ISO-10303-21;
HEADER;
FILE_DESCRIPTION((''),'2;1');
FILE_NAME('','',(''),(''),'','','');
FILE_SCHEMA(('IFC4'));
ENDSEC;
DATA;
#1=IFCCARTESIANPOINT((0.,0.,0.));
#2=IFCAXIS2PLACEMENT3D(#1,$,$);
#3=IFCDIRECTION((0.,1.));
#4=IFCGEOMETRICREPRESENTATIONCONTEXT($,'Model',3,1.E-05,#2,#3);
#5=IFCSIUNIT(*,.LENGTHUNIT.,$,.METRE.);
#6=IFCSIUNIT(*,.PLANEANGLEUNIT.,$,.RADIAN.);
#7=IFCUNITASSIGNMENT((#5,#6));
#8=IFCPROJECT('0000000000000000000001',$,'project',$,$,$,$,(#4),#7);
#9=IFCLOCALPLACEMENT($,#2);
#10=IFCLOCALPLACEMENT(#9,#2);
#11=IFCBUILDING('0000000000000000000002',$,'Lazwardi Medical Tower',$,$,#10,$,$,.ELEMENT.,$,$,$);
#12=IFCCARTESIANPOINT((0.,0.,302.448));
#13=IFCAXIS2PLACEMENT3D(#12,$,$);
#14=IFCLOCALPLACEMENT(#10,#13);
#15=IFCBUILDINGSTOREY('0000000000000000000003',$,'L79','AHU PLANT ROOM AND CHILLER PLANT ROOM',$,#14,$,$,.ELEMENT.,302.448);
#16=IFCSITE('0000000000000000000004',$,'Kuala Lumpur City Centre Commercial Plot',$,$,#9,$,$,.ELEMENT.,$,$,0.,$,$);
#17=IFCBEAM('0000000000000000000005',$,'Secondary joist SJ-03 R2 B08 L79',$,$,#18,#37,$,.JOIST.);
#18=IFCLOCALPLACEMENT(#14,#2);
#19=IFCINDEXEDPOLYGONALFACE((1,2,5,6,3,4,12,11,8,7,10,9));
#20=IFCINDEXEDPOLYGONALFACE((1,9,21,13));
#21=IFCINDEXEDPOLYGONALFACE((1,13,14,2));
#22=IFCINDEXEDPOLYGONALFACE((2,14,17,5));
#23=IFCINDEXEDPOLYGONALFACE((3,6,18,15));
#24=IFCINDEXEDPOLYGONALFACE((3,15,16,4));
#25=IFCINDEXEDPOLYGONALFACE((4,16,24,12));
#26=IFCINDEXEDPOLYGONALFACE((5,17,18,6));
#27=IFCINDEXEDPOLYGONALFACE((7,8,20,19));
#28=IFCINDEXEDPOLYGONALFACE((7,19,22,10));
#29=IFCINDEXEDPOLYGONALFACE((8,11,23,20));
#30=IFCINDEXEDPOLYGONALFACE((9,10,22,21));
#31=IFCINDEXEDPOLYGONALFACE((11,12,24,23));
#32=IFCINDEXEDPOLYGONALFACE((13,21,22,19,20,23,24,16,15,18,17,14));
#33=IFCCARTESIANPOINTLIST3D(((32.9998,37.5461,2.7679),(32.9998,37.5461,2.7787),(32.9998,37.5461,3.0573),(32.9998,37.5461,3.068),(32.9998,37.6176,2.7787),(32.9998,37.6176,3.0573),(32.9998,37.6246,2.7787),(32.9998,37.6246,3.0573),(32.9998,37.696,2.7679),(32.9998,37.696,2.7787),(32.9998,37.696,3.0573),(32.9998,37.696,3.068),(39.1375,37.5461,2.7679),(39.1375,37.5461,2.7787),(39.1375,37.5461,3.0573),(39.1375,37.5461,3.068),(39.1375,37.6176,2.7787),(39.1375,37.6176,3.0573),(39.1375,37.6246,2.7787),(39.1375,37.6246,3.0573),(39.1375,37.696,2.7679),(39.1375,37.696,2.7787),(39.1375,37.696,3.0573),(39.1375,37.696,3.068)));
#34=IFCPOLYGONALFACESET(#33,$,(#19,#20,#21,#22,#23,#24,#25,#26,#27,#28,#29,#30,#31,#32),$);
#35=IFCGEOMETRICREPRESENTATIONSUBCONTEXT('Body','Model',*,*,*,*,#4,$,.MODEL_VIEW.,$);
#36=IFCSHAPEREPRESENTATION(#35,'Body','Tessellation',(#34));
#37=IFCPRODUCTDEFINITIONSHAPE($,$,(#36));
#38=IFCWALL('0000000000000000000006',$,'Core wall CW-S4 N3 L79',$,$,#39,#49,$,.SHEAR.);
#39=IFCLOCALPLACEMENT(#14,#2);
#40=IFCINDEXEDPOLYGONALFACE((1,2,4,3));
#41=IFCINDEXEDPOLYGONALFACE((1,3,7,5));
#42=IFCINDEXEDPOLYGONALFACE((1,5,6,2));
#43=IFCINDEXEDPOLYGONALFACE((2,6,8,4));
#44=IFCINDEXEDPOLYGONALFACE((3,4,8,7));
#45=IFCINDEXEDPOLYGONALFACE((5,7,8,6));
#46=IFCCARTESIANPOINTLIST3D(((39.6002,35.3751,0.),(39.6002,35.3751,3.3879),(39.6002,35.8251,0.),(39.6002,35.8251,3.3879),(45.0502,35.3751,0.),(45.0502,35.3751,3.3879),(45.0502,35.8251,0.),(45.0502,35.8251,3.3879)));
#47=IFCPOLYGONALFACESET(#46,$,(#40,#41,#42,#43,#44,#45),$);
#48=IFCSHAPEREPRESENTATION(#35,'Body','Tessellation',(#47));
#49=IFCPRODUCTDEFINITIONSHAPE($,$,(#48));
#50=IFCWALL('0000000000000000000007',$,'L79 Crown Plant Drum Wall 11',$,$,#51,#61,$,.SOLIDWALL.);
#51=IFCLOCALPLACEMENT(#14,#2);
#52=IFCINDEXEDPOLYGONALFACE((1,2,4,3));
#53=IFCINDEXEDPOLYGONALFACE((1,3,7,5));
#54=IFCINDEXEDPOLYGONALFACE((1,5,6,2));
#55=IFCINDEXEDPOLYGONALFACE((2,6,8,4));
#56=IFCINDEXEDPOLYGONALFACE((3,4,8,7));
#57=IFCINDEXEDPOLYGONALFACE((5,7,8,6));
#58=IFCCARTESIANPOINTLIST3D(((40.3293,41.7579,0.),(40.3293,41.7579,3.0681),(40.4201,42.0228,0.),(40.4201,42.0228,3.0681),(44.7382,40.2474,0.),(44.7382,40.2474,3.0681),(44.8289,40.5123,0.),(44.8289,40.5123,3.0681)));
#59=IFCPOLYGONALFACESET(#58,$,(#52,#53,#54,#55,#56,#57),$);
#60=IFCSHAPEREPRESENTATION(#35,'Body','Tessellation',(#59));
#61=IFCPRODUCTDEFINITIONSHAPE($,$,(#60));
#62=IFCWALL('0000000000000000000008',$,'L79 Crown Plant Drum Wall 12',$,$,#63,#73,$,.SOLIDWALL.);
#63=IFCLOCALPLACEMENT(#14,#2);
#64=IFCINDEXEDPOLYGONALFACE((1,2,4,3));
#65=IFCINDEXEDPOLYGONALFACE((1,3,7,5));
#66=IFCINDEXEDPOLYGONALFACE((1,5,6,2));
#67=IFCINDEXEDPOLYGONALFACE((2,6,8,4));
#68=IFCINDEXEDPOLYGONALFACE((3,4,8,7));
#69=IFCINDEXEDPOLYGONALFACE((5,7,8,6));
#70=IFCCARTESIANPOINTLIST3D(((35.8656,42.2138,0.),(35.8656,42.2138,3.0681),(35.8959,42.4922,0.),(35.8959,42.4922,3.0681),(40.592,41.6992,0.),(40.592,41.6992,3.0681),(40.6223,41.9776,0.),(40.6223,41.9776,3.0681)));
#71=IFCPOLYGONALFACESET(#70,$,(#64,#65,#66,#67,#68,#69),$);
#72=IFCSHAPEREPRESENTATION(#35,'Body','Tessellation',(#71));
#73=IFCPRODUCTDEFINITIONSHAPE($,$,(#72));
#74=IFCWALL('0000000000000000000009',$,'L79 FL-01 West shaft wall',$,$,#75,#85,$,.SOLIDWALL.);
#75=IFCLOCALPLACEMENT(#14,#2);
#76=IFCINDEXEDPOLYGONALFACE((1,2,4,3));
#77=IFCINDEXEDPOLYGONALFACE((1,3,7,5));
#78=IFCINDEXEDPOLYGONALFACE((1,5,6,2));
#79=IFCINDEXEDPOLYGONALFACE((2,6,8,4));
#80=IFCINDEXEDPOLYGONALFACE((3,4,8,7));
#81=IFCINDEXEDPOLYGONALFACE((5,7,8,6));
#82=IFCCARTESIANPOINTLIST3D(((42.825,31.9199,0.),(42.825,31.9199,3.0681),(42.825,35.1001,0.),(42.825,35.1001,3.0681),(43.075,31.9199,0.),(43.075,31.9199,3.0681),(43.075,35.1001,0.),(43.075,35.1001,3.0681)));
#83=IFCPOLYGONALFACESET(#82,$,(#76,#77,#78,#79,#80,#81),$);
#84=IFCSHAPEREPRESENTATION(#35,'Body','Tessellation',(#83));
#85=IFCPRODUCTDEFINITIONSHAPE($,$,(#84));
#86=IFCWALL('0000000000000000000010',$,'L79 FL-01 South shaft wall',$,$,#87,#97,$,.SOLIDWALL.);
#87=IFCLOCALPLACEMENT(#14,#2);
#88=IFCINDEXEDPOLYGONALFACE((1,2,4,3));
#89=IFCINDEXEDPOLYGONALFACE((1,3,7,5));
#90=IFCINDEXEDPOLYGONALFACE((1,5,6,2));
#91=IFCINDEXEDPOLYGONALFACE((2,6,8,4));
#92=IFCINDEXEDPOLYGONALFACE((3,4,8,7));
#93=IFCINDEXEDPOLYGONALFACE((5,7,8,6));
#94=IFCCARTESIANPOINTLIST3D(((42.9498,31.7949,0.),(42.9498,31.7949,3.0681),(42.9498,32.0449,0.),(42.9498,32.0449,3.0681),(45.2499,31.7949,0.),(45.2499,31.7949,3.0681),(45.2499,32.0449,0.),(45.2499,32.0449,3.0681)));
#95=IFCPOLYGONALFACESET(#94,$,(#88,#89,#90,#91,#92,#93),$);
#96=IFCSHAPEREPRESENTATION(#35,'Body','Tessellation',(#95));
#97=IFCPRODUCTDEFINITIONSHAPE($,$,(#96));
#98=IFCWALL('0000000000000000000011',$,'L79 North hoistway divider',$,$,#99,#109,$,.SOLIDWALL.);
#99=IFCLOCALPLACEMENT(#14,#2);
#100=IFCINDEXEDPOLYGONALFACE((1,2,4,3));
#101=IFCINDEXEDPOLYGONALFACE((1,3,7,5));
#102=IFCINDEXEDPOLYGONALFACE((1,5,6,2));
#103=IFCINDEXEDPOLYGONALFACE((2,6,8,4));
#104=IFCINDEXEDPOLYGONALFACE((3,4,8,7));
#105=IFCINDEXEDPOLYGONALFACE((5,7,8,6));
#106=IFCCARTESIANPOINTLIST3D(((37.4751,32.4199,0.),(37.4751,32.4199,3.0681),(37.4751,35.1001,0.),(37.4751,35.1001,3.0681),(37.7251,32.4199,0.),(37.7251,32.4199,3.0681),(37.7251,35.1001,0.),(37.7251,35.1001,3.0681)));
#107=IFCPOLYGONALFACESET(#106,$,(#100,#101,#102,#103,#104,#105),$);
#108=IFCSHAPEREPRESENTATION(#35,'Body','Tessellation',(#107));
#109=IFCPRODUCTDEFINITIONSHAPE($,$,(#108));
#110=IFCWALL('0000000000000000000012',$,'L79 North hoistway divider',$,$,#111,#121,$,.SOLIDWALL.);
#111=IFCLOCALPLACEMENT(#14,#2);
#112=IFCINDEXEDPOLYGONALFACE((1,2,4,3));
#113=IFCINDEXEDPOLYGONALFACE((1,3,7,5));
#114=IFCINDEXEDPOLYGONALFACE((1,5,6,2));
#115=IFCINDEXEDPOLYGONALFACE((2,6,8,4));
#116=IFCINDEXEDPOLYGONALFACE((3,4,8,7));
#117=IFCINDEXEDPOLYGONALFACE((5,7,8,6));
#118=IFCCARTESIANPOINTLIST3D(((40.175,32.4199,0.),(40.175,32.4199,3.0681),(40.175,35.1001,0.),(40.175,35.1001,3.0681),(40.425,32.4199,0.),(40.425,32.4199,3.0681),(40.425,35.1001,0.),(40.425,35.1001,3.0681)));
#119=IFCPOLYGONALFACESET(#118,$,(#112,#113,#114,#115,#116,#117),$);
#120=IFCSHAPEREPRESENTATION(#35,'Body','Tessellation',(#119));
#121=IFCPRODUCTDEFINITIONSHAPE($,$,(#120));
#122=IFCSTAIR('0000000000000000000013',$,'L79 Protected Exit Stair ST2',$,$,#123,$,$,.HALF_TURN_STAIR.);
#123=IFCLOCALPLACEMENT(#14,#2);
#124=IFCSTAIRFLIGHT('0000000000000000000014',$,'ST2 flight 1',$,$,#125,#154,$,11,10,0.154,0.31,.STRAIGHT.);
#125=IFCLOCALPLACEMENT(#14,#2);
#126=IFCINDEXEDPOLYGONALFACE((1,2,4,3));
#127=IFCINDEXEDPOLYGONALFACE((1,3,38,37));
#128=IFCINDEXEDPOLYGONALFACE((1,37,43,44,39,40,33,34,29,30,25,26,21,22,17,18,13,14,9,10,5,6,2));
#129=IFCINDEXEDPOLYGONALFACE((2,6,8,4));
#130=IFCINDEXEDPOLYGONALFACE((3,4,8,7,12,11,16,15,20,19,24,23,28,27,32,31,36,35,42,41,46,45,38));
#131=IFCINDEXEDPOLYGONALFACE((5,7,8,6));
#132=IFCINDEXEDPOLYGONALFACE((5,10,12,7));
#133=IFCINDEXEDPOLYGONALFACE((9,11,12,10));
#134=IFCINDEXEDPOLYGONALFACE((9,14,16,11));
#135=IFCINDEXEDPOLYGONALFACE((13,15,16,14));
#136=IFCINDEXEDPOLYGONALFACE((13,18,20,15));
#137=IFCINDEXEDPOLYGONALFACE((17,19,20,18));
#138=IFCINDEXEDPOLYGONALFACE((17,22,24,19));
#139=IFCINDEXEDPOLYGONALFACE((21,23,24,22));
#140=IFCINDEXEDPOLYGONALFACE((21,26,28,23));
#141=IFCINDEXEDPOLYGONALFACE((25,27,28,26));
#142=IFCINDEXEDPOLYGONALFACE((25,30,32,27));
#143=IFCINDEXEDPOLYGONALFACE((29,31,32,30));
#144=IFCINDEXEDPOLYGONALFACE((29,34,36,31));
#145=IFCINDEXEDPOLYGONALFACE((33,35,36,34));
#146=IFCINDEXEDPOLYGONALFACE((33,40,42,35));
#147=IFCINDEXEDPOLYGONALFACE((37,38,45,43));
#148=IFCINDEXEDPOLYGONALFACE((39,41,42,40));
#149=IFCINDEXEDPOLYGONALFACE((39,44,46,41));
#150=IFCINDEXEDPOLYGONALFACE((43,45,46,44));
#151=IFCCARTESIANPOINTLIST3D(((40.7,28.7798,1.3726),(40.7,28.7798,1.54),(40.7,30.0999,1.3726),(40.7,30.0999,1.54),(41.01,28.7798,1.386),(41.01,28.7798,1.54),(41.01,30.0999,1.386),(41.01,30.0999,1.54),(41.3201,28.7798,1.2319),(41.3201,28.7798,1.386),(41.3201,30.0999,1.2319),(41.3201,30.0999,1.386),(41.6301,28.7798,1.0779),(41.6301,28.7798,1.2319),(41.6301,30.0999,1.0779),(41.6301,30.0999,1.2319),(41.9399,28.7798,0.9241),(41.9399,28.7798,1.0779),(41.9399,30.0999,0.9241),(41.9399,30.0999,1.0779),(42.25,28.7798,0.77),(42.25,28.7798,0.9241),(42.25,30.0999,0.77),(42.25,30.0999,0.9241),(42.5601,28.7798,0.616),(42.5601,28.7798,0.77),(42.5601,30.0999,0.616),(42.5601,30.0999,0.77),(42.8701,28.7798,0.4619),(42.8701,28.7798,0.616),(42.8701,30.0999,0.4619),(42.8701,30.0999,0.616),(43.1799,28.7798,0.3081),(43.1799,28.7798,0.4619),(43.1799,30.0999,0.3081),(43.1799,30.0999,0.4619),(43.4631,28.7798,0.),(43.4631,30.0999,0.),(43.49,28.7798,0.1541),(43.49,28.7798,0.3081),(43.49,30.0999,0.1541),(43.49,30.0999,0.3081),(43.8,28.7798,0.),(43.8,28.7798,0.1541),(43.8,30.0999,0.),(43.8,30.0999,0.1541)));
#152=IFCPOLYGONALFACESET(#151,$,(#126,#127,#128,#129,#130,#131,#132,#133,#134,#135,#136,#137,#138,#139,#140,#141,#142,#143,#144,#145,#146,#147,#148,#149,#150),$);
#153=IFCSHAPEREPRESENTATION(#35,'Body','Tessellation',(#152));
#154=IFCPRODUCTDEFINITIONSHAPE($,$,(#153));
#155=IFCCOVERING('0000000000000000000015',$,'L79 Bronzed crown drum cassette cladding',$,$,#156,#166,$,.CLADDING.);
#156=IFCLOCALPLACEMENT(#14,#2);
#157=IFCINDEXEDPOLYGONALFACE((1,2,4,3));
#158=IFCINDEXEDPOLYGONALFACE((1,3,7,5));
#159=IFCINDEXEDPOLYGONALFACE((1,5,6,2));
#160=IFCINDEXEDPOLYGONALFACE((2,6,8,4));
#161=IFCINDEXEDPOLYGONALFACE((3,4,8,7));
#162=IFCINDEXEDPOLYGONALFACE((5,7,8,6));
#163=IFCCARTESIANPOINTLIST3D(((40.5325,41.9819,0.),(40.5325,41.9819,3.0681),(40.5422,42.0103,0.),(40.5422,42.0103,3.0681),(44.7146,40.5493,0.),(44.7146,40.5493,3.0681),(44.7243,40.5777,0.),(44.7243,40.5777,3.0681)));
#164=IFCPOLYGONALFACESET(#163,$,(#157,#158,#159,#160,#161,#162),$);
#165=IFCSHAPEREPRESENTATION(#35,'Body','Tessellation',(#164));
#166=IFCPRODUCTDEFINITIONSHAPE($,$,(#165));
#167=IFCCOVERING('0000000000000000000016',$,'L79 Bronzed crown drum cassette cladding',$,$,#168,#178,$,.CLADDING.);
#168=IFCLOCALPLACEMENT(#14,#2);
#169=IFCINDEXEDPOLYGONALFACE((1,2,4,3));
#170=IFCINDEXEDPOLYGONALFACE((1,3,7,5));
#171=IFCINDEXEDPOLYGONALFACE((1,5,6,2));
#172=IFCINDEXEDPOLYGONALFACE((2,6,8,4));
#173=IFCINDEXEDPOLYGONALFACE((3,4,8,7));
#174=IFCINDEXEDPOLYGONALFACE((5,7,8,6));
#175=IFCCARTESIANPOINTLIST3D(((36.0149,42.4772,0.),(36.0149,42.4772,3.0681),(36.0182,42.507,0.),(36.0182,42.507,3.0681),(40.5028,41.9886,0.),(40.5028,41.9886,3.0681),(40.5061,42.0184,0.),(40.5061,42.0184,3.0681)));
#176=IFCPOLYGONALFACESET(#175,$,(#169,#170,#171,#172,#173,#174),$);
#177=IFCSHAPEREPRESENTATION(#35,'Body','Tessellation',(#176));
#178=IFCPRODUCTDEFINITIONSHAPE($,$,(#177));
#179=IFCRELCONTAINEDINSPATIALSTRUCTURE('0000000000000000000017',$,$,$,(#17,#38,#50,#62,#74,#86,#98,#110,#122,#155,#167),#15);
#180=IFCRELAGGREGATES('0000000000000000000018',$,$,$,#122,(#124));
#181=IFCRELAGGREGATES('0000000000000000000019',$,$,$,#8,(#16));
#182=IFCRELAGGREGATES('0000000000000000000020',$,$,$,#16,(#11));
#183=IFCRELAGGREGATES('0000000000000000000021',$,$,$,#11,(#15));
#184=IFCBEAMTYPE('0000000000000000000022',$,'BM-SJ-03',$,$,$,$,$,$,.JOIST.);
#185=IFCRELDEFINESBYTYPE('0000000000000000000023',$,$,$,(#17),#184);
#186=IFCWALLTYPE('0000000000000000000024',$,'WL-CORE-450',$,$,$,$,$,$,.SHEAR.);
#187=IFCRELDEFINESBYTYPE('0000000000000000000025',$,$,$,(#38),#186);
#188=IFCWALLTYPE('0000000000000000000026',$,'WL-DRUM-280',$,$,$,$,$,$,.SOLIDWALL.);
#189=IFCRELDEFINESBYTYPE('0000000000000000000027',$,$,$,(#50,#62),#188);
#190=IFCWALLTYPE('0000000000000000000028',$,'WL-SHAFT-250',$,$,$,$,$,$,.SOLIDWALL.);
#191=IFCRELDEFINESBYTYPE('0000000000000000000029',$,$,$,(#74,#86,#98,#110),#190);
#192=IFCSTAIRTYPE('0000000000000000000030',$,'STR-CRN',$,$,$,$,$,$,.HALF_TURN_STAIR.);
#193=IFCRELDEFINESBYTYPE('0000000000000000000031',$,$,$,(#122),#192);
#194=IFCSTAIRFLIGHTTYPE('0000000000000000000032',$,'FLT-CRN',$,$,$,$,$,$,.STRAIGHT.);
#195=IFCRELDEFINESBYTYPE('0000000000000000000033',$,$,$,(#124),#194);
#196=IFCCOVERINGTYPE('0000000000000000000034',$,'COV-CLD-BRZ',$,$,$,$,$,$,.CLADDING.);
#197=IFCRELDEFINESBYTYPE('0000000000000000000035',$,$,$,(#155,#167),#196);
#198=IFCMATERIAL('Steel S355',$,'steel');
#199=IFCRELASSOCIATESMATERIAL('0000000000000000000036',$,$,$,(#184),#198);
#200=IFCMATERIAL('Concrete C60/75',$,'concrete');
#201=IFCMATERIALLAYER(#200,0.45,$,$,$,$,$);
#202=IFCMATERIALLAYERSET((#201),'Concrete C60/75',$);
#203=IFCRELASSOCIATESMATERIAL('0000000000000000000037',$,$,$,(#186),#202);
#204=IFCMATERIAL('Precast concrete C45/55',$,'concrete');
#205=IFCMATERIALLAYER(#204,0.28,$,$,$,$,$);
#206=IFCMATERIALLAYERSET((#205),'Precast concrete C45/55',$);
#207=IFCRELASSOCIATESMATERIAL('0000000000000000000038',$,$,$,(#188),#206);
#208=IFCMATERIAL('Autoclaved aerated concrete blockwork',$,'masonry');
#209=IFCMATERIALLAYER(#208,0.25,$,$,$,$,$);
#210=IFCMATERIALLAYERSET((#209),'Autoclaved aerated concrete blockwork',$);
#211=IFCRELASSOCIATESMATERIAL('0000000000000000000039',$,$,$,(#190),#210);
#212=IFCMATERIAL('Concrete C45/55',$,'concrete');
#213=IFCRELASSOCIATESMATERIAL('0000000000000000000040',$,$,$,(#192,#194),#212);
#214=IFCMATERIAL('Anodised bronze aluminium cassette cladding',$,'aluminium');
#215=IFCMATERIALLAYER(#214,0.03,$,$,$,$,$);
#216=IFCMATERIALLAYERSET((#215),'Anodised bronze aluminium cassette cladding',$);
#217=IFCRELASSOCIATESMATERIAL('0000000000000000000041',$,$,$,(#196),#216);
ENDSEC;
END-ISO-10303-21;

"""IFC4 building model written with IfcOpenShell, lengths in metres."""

from ifc_helpers import new_model, si_unit, direction, frame, frame_2d, origin, origin_2d, place, context, subcontext, project, spatial, polyline, rectangle, i_section, outline, extrude, material, layer, layer_set, material_profile, profile_set, type_object, element, aggregate, save


model = new_model("IFC4")

# Units and contexts
model_context = context("Model", 3, precision=1e-05, world=origin(), true_north=direction((0.0, 1.0)))
body_context = subcontext(model_context, "Body", "Model", "MODEL_VIEW")
ifc_project = project(units=[si_unit("LENGTHUNIT", "METRE"), si_unit("PLANEANGLEUNIT", "RADIAN")], contexts=[model_context])

# Site, building, storey
site_placement = place(None, origin())
site = spatial("IfcSite", under=ifc_project, at=site_placement, Name="Kuala Lumpur City Centre Commercial Plot", CompositionType="ELEMENT", RefElevation=0.0)
building_placement = place(site_placement, origin())
building = spatial("IfcBuilding", under=site, at=building_placement, Name="Lazwardi Medical Tower", CompositionType="ELEMENT")
storey_placement = place(building_placement, frame((0.0, 0.0, 302.448)))
storey = spatial("IfcBuildingStorey", under=building, at=storey_placement, Name="L79", Description="AHU PLANT ROOM AND CHILLER PLANT ROOM", CompositionType="ELEMENT", Elevation=302.448)

# Shared definitions
ifc_material_1 = material(Name="Concrete C60/75", Category="concrete")

# Beam
ifc_material_2 = material(Name="Steel S355", Category="steel")
ifc_material_profile_1 = material_profile(ifc_material_2, i_section(OverallWidth=0.1499, OverallDepth=0.3, WebThickness=0.0071, FlangeThickness=0.0107, at=origin_2d()), Name="IPE 300")
ifc_profile_set_1 = profile_set([ifc_material_profile_1], Name="Steel S355")
beam_type_1 = type_object("IfcBeamType", Name="BM-SJ-03", PredefinedType="JOIST", material=ifc_profile_set_1)
beam_1_placement = place(storey_placement, frame((39.1375, 37.6211, 2.918), z_axis=(-1.0, 0.0, 0.0), x_axis=(0.0, -1.0, 0.0)))
element("IfcBeam", 1, at=beam_1_placement, inside=storey, type_object=beam_type_1, Name="Secondary joist SJ-03 R2 B08 L79", PredefinedType="JOIST", context=body_context, shape_type="SweptSolid", body=[
    extrude(i_section(OverallWidth=0.1499, OverallDepth=0.3, WebThickness=0.0071, FlangeThickness=0.0107, at=origin_2d()), origin(), (0.0, 0.0, 1.0), 6.1377),
])

# Walls
ifc_layer_1 = layer(ifc_material_1, 0.45)
ifc_layer_set_1 = layer_set([ifc_layer_1], Name="Concrete C60/75")
wall_type_1 = type_object("IfcWallType", Name="WL-CORE-450", PredefinedType="SHEAR", material=ifc_layer_set_1)
wall_1_placement = place(storey_placement, frame((39.6001, 35.6001, 0.0), z_axis=(0.0, 0.0, 1.0), x_axis=(1.0, 0.0, 0.0)))
element("IfcWall", 2, at=wall_1_placement, inside=storey, type_object=wall_type_1, Name="Core wall CW-S4 N3 L79", PredefinedType="SHEAR", context=body_context, shape_type="SweptSolid", body=[
    extrude(rectangle(XDim=5.45, YDim=0.45, at=frame_2d((2.7251, 0.0))), origin(), (0.0, 0.0, 1.0), 3.3879),
])
ifc_material_3 = material(Name="Precast concrete C45/55", Category="concrete")
ifc_layer_2 = layer(ifc_material_3, 0.28)
ifc_layer_set_2 = layer_set([ifc_layer_2], Name="Precast concrete C45/55")
wall_type_2 = type_object("IfcWallType", Name="WL-DRUM-280", PredefinedType="SOLIDWALL", material=ifc_layer_set_2)
wall_2_placement = place(storey_placement, frame((44.7834, 40.3799, 0.0), z_axis=(0.0, 0.0, 1.0), x_axis=(-0.946021, 0.324106, 0.0)))
element("IfcWall", 3, at=wall_2_placement, inside=storey, type_object=wall_type_2, Name="L79 Crown Plant Drum Wall 11", PredefinedType="SOLIDWALL", context=body_context, shape_type="SweptSolid", body=[
    extrude(rectangle(XDim=4.6604, YDim=0.28, at=frame_2d((2.3301, 0.0))), origin(), (0.0, 0.0, 1.0), 3.0681),
])
wall_3_placement = place(storey_placement, frame((40.6072, 41.8384, 0.0), z_axis=(0.0, 0.0, 1.0), x_axis=(-0.994124, 0.108245, 0.0)))
element("IfcWall", 4, at=wall_3_placement, inside=storey, type_object=wall_type_2, Name="L79 Crown Plant Drum Wall 12", PredefinedType="SOLIDWALL", context=body_context, shape_type="SweptSolid", body=[
    extrude(rectangle(XDim=4.7544, YDim=0.28, at=frame_2d((2.3772, 0.0))), origin(), (0.0, 0.0, 1.0), 3.0681),
])
ifc_material_4 = material(Name="Autoclaved aerated concrete blockwork", Category="masonry")
ifc_layer_3 = layer(ifc_material_4, 0.25)
ifc_layer_set_3 = layer_set([ifc_layer_3], Name="Autoclaved aerated concrete blockwork")
wall_type_3 = type_object("IfcWallType", Name="WL-SHAFT-250", PredefinedType="SOLIDWALL", material=ifc_layer_set_3)
wall_4_placement = place(storey_placement, frame((42.95, 31.9199, 0.0), z_axis=(0.0, 0.0, 1.0), x_axis=(0.0, 1.0, 0.0)))
element("IfcWall", 5, at=wall_4_placement, inside=storey, type_object=wall_type_3, Name="L79 FL-01 West shaft wall", PredefinedType="SOLIDWALL", context=body_context, shape_type="SweptSolid", body=[
    extrude(rectangle(XDim=3.1802, YDim=0.25, at=frame_2d((1.5901, 0.0))), origin(), (0.0, 0.0, 1.0), 3.0681),
])
wall_5_placement = place(storey_placement, frame((42.95, 31.9199, 0.0), z_axis=(0.0, 0.0, 1.0), x_axis=(1.0, 0.0, 0.0)))
element("IfcWall", 6, at=wall_5_placement, inside=storey, type_object=wall_type_3, Name="L79 FL-01 South shaft wall", PredefinedType="SOLIDWALL", context=body_context, shape_type="SweptSolid", body=[
    extrude(rectangle(XDim=2.3, YDim=0.25, at=frame_2d((1.1499, 0.0))), origin(), (0.0, 0.0, 1.0), 3.0681),
])
for number, where, z_axis, x_axis, name in (
    (7, (37.6001, 32.4199, 0.0), (0.0, 0.0, 1.0), (0.0, 1.0, 0.0), "L79 North hoistway divider"),
    (8, (40.3, 32.4199, 0.0), (0.0, 0.0, 1.0), (0.0, 1.0, 0.0), "L79 North hoistway divider"),
):
    element("IfcWall", number, at=place(storey_placement, frame(where, z_axis=z_axis, x_axis=x_axis)), inside=storey, type_object=wall_type_3, Name=name, PredefinedType="SOLIDWALL", context=body_context, shape_type="SweptSolid", body=[
        extrude(rectangle(XDim=2.6802, YDim=0.25, at=frame_2d((1.3401, 0.0))), origin(), (0.0, 0.0, 1.0), 3.0681),
    ])

# Stair, stair flight
ifc_material_5 = material(Name="Concrete C45/55", Category="concrete")
stair_type = type_object("IfcStairType", Name="STR-CRN", PredefinedType="HALF_TURN_STAIR", material=ifc_material_5)
stair_placement = place(storey_placement, origin())
stair = element("IfcStair", 9, at=stair_placement, inside=storey, type_object=stair_type, Name="L79 Protected Exit Stair ST2", PredefinedType="HALF_TURN_STAIR")
stair_flight_type = type_object("IfcStairFlightType", Name="FLT-CRN", PredefinedType="STRAIGHT", material=ifc_material_5)
stair_flight_placement = place(storey_placement, frame((43.8, 29.4399, 0.0), z_axis=(0.0, 0.0, 1.0), x_axis=(-1.0, 0.0, 0.0)))
stair_flight = element("IfcStairFlight", 10, at=stair_flight_placement, type_object=stair_flight_type, Name="ST2 flight 1", NumberOfRisers=11, NumberOfTreads=10, PredefinedType="STRAIGHT", RiserHeight=0.154, TreadLength=0.31, context=body_context, shape_type="SweptSolid", body=[
    extrude(outline(polyline([(0.0, 0.0), (0.0, 0.1541), (0.3101, 0.1541), (0.3101, 0.3081), (0.6201, 0.3081), (0.6201, 0.4619), (0.9299, 0.4619), (0.9299, 0.616), (1.24, 0.616), (1.24, 0.77), (1.55, 0.77), (1.55, 0.9241), (1.8601, 0.9241), (1.8601, 1.0779), (2.1699, 1.0779), (2.1699, 1.2319), (2.48, 1.2319), (2.48, 1.386), (2.79, 1.386), (2.79, 1.54), (3.1001, 1.54), (3.1001, 1.6941), (3.1001, 1.3726), (0.3369, 0.0), (0.0, 0.0)])), frame((0.0, 0.6602, 0.0), z_axis=(0.0, -1.0, 0.0), x_axis=(1.0, 0.0, 0.0)), (0.0, 0.0, 1.0), 1.3201),
])
aggregate(stair, [stair_flight])

# Coverings
ifc_material_6 = material(Name="Anodised bronze aluminium cassette cladding", Category="aluminium")
ifc_layer_4 = layer(ifc_material_6, 0.03)
ifc_layer_set_4 = layer_set([ifc_layer_4], Name="Anodised bronze aluminium cassette cladding")
covering_type = type_object("IfcCoveringType", Name="COV-CLD-BRZ", PredefinedType="CLADDING", material=ifc_layer_set_4)
covering_1_placement = place(storey_placement, frame((42.6284, 41.2798, 0.0), z_axis=(0.0, 0.0, 1.0), x_axis=(-0.946033, 0.324069, 0.0)))
element("IfcCovering", 11, at=covering_1_placement, inside=storey, type_object=covering_type, Name="L79 Bronzed crown drum cassette cladding", PredefinedType="CLADDING", context=body_context, shape_type="SweptSolid", body=[
    extrude(rectangle(XDim=4.4207, YDim=0.03, at=origin_2d()), origin(), (0.0, 0.0, 1.0), 3.0681),
])
covering_2_placement = place(storey_placement, frame((38.2605, 42.2478, 0.0), z_axis=(0.0, 0.0, 1.0), x_axis=(-0.994126, 0.10823, 0.0)))
element("IfcCovering", 12, at=covering_2_placement, inside=storey, type_object=covering_type, Name="L79 Bronzed crown drum cassette cladding", PredefinedType="CLADDING", context=body_context, shape_type="SweptSolid", body=[
    extrude(rectangle(XDim=4.5144, YDim=0.03, at=origin_2d()), origin(), (0.0, 0.0, 1.0), 3.0681),
])

save(model, "model.ifc")
